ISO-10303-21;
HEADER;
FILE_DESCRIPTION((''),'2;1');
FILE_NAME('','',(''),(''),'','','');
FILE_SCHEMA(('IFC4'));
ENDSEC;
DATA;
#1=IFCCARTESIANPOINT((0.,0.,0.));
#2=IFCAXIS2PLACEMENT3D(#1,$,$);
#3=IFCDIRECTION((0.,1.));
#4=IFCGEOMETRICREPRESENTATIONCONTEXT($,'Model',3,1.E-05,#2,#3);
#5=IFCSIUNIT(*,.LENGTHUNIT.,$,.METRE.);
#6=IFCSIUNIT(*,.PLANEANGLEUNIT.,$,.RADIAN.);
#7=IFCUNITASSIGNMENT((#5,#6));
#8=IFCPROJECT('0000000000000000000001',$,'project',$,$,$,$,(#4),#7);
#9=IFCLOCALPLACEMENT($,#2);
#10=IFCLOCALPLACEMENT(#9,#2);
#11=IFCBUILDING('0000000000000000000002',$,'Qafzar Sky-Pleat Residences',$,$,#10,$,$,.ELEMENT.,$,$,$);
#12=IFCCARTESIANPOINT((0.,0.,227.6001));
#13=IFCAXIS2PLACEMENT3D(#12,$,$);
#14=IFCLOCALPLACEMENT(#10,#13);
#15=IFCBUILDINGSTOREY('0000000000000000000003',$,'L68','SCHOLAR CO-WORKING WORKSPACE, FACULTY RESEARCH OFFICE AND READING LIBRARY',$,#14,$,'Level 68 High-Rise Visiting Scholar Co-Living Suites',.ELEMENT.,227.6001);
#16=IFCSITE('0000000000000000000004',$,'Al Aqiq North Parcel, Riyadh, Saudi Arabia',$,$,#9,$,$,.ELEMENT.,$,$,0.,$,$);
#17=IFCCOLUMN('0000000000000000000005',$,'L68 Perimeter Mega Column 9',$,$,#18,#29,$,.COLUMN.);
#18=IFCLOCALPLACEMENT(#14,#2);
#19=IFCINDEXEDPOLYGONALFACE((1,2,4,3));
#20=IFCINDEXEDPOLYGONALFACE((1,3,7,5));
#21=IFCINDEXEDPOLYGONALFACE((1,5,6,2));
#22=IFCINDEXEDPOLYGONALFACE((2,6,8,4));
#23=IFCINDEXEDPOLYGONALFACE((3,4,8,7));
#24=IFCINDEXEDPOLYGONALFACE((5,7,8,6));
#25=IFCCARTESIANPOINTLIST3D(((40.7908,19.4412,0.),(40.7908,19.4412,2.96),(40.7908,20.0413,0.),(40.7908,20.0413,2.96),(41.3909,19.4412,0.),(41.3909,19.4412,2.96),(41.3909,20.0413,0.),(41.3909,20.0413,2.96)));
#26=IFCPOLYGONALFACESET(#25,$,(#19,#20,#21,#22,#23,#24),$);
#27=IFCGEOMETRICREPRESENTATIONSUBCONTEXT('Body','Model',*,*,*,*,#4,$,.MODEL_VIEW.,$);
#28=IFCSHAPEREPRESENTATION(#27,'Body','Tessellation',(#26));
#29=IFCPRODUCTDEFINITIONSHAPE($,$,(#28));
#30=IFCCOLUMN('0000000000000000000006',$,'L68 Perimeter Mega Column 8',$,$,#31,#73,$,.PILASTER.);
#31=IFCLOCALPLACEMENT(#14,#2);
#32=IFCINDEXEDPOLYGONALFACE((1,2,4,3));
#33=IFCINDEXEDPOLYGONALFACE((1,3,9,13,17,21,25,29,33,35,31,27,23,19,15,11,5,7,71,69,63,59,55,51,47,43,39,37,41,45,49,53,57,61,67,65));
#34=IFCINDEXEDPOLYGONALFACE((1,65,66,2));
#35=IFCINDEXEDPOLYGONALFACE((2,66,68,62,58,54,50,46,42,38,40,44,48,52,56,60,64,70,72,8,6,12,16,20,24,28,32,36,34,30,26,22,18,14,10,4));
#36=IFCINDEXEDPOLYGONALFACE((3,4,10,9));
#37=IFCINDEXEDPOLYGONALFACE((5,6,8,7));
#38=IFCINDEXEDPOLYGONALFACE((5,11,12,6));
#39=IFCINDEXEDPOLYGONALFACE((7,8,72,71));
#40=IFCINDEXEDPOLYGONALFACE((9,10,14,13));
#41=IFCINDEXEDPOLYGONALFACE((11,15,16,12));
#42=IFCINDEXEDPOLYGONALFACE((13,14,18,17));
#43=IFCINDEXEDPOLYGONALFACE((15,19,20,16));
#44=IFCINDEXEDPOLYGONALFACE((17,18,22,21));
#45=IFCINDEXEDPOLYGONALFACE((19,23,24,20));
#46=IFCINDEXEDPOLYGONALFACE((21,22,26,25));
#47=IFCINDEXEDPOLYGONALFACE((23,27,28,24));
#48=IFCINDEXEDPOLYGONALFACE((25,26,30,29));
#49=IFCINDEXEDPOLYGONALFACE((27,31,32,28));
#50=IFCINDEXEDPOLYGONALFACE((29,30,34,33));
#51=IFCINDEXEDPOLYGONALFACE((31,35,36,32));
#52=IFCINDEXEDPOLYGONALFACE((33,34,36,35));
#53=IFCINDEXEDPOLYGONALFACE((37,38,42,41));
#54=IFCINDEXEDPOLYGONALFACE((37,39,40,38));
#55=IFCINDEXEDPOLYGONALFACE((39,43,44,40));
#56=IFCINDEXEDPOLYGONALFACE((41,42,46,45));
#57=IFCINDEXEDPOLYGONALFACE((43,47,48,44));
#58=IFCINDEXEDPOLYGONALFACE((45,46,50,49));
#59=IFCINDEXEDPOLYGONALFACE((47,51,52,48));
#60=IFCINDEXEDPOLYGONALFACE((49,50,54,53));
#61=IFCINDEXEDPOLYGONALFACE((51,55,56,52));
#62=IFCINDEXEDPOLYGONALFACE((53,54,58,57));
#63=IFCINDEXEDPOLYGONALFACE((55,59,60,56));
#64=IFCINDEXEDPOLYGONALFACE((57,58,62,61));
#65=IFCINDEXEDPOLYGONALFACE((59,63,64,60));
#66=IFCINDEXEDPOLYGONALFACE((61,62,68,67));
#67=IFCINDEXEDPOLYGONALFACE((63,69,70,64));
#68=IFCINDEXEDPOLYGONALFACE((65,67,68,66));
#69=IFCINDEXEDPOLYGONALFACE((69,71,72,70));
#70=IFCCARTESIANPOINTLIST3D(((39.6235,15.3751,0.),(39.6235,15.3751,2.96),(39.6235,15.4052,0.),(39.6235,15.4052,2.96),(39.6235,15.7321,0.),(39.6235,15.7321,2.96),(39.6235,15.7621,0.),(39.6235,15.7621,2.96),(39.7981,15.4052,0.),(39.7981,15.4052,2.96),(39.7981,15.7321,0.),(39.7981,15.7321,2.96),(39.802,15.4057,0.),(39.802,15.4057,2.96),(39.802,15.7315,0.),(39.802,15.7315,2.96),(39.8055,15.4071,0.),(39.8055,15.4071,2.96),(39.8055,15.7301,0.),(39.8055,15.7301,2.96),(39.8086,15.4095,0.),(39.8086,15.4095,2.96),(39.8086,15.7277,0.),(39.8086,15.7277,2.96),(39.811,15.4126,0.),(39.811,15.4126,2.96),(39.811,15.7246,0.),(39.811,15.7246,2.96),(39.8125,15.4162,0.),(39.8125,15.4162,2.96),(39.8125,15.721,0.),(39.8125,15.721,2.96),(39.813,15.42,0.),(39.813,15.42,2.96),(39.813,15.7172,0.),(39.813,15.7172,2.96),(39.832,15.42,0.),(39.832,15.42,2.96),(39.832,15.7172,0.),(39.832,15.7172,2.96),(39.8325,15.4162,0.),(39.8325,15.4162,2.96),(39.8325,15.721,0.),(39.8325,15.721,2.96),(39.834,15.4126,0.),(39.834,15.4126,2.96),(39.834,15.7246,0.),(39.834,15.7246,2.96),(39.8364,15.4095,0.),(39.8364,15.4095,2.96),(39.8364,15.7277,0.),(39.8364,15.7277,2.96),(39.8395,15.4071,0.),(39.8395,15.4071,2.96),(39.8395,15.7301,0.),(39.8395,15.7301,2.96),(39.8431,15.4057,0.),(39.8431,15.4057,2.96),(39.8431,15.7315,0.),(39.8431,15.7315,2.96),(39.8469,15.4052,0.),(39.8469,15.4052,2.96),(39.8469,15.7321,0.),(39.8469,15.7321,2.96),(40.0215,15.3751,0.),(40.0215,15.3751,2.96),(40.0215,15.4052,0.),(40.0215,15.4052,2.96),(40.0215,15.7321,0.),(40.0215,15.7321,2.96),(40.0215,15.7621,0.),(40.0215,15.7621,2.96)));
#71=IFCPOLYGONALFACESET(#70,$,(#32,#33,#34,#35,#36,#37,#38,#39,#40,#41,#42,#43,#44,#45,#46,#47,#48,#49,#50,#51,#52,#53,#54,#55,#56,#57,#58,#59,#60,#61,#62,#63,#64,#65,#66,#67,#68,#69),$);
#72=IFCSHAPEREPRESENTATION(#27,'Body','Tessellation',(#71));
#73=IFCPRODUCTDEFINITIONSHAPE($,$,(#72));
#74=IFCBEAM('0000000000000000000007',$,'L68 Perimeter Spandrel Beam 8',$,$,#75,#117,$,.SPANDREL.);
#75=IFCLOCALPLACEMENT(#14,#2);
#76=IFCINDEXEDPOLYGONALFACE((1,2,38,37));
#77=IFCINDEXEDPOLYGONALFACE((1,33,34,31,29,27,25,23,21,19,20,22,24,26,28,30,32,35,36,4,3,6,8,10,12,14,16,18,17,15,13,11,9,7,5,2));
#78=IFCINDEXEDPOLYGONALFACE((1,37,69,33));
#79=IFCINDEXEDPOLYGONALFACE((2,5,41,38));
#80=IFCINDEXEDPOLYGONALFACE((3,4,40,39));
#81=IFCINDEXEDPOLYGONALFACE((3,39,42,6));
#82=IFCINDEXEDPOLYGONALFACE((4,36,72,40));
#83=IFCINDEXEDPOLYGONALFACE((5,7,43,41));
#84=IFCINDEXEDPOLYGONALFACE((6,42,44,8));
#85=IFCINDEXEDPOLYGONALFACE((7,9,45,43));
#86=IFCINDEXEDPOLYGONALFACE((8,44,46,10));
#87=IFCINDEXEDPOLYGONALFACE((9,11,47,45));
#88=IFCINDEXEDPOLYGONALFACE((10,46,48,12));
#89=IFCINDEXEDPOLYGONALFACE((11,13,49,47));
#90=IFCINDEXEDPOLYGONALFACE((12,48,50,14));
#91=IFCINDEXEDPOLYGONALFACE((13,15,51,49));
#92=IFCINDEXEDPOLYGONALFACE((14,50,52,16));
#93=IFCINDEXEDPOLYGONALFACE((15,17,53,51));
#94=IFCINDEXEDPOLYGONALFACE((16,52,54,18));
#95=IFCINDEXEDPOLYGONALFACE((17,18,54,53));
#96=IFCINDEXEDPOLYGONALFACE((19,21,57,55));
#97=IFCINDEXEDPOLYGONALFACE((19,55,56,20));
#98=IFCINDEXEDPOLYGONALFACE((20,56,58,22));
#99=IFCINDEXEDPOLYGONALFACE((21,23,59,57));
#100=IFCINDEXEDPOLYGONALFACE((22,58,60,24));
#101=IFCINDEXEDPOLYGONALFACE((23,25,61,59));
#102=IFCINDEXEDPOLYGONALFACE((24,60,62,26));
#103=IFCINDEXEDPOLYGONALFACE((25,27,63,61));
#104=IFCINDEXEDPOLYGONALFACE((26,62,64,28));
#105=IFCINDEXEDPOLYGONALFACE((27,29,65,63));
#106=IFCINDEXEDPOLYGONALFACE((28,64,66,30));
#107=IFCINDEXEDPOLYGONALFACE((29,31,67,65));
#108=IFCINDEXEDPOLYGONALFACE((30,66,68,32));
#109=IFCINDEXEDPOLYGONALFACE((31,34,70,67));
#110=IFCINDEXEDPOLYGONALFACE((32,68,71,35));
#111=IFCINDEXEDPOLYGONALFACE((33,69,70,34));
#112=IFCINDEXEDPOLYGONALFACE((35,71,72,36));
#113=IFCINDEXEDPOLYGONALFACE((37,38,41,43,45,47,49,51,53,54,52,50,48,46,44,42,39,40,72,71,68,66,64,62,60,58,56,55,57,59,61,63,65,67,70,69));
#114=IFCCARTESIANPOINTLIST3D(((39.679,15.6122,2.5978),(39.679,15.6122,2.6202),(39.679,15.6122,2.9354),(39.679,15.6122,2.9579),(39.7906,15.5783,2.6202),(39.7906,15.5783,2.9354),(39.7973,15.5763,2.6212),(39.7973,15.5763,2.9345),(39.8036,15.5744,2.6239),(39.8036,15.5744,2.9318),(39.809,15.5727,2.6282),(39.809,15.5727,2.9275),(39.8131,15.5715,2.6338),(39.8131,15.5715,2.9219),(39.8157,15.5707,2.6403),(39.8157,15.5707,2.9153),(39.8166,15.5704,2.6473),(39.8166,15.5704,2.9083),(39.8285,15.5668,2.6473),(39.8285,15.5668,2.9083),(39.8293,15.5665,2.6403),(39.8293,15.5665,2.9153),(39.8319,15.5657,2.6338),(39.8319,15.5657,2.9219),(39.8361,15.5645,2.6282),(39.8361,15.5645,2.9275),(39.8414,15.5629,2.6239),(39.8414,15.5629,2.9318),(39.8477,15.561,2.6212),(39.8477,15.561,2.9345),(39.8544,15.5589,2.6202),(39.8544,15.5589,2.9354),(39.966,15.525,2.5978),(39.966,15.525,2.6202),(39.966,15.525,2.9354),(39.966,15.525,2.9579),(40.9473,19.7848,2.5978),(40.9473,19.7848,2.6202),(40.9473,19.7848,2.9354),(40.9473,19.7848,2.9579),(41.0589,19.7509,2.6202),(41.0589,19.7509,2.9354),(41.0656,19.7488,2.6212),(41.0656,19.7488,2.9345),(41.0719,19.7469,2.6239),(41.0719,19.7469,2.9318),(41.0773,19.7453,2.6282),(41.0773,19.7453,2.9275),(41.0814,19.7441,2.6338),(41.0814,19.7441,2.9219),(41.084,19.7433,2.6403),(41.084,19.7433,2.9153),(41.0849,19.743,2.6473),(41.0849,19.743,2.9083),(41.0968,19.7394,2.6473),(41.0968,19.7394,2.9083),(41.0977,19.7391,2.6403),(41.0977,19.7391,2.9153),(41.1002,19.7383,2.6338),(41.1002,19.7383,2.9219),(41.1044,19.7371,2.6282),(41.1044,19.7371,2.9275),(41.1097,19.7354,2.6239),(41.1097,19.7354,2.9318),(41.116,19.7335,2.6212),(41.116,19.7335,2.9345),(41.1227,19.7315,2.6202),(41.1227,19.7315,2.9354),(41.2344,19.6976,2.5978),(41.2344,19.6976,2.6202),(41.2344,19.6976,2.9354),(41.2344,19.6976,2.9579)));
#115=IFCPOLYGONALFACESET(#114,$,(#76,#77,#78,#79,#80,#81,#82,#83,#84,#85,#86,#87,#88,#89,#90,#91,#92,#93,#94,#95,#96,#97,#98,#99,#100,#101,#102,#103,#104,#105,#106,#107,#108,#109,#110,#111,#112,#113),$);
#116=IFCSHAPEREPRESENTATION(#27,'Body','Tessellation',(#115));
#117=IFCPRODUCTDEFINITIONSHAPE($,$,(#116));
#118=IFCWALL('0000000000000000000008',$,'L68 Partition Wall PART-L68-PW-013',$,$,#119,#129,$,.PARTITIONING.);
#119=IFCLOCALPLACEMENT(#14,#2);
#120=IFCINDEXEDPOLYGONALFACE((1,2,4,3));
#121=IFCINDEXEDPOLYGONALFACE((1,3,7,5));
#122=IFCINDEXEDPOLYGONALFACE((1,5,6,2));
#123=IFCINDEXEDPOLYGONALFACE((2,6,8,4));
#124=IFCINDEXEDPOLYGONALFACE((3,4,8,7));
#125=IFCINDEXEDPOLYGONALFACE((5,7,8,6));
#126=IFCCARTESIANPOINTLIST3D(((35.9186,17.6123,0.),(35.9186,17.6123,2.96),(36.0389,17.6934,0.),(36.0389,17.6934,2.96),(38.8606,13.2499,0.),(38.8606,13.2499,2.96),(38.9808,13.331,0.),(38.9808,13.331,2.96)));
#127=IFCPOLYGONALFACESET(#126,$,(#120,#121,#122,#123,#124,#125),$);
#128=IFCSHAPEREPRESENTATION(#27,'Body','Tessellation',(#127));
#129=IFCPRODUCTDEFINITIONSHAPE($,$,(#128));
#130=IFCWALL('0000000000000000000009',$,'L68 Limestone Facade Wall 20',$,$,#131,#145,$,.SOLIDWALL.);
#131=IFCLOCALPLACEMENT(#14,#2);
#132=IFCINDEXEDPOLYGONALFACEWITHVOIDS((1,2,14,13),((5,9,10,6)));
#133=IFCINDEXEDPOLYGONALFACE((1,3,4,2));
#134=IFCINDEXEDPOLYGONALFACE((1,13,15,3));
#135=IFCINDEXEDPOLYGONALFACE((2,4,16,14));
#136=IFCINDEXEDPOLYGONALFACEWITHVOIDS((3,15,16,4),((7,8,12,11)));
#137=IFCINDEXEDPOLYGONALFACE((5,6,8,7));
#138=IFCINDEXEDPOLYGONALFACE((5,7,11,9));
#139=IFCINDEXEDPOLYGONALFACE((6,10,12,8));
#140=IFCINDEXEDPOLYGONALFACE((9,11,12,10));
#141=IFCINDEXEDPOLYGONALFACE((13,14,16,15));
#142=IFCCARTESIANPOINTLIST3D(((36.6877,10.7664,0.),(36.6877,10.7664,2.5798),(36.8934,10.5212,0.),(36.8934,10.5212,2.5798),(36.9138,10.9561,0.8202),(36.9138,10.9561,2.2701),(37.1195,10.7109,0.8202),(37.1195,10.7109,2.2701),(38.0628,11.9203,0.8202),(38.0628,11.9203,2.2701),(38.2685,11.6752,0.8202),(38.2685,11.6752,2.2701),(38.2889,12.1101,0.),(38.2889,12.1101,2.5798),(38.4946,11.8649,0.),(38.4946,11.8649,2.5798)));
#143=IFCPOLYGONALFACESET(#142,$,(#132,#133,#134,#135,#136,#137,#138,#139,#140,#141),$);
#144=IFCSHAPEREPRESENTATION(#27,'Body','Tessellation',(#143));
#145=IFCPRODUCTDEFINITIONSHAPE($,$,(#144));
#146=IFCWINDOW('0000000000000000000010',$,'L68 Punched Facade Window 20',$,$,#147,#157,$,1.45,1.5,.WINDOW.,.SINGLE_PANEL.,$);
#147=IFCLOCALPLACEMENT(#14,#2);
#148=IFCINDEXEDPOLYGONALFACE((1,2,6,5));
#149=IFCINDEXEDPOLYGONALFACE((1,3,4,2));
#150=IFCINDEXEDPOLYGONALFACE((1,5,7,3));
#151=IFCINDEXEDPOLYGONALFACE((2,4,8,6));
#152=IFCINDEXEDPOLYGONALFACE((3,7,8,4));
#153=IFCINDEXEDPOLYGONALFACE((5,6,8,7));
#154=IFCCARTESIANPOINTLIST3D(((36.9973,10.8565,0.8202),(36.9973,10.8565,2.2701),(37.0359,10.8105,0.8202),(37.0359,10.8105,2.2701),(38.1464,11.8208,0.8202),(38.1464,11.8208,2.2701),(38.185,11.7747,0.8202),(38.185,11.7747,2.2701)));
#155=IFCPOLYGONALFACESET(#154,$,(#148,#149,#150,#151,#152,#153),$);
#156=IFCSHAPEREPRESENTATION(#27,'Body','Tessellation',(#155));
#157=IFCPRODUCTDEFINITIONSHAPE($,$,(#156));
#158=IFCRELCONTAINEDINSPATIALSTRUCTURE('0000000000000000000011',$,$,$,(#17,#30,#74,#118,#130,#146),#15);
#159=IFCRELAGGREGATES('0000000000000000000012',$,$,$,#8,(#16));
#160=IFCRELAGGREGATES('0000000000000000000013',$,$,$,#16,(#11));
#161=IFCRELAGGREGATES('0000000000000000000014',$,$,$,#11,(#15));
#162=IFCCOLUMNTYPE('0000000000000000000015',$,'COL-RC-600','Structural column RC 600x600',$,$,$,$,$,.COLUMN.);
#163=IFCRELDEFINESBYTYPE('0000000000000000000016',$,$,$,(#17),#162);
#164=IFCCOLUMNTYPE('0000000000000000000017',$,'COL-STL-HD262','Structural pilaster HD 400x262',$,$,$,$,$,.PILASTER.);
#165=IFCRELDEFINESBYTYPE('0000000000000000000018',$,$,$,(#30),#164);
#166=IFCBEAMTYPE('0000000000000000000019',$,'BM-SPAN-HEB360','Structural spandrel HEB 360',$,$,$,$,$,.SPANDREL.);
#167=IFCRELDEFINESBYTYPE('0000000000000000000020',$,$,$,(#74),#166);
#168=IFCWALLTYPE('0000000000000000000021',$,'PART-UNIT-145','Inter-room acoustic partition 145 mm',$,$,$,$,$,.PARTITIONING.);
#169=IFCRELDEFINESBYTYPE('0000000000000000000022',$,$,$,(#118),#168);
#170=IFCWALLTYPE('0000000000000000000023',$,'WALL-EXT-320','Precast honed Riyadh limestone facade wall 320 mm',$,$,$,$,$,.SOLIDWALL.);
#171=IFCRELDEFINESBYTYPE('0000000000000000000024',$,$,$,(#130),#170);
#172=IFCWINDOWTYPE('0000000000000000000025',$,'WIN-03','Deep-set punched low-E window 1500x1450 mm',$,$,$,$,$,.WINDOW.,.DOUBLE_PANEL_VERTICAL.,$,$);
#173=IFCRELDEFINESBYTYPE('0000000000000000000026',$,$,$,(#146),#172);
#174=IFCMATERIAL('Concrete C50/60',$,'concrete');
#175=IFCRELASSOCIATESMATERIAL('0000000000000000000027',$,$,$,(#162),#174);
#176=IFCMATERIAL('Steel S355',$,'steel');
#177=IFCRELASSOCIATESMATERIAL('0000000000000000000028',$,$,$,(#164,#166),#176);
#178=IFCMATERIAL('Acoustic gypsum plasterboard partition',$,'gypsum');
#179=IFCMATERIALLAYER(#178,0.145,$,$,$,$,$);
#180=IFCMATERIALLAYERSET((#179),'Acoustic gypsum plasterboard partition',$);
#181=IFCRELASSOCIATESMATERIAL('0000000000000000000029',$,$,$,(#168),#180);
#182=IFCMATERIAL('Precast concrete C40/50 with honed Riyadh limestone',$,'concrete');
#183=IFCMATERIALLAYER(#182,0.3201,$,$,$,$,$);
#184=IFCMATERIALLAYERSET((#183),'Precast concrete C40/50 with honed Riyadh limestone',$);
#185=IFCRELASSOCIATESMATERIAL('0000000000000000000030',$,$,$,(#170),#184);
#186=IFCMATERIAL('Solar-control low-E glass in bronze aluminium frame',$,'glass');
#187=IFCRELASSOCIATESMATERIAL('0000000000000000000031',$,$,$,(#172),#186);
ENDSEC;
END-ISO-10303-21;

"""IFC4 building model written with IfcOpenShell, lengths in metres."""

from ifc_helpers import new_model, si_unit, direction, frame, frame_2d, origin, origin_2d, place, context, subcontext, project, spatial, rectangle, i_section, extrude, source, transform, mapped, material, layer, layer_set, material_profile, profile_set, type_object, element, fill, save


model = new_model("IFC4")

# Units and contexts
model_context = context("Model", 3, precision=1e-05, world=origin(), true_north=direction((0.0, 1.0)))
body_context = subcontext(model_context, "Body", "Model", "MODEL_VIEW")
ifc_project = project(units=[si_unit("LENGTHUNIT", "METRE"), si_unit("PLANEANGLEUNIT", "RADIAN")], contexts=[model_context])

# Site, building, storey
site_placement = place(None, origin())
site = spatial("IfcSite", under=ifc_project, at=site_placement, Name="Al Aqiq North Parcel, Riyadh, Saudi Arabia", CompositionType="ELEMENT", RefElevation=0.0)
building_placement = place(site_placement, origin())
building = spatial("IfcBuilding", under=site, at=building_placement, Name="Qafzar Sky-Pleat Residences", CompositionType="ELEMENT")
storey_placement = place(building_placement, frame((0.0, 0.0, 227.6001)))
storey = spatial("IfcBuildingStorey", under=building, at=storey_placement, Name="L68", Description="SCHOLAR CO-WORKING WORKSPACE, FACULTY RESEARCH OFFICE AND READING LIBRARY", LongName="Level 68 High-Rise Visiting Scholar Co-Living Suites", CompositionType="ELEMENT", Elevation=227.6001)

# Columns
ifc_material_1 = material(Name="Concrete C50/60", Category="concrete")
ifc_material_profile_1 = material_profile(ifc_material_1, rectangle(XDim=0.6001, YDim=0.6001, at=origin_2d()), Name="RC 600x600")
ifc_profile_set_1 = profile_set([ifc_material_profile_1], Name="Concrete C50/60")
column_type_1 = type_object("IfcColumnType", Name="COL-RC-600", Description="Structural column RC 600x600", PredefinedType="COLUMN", material=ifc_profile_set_1)
shared_shape_1 = source(origin(), body_context, "Body", "SweptSolid", [
    extrude(rectangle(XDim=0.6001, YDim=0.6001, at=origin_2d()), origin(), (0.0, 0.0, 1.0), 2.96),
])
column_1_placement = place(storey_placement, frame((41.0908, 19.7412, 0.0), z_axis=(0.0, 0.0, 1.0), x_axis=(1.0, 0.0, 0.0)))
element("IfcColumn", 1, at=column_1_placement, inside=storey, type_object=column_type_1, Name="L68 Perimeter Mega Column 9", PredefinedType="COLUMN", context=body_context, shape_type="MappedRepresentation", body=[
    mapped(shared_shape_1, transform((0.0, 0.0, 0.0), x_axis=(1.0, 0.0, 0.0), y_axis=(0.0, 1.0, 0.0), z_axis=(0.0, 0.0, 1.0), scale=1.0)),
])
ifc_material_2 = material(Name="Steel S355", Category="steel")
ifc_material_profile_2 = material_profile(ifc_material_2, i_section(OverallWidth=0.3979, OverallDepth=0.387, WebThickness=0.019, FlangeThickness=0.03, FilletRadius=0.0149, at=origin_2d()), Name="HD 400x262")
ifc_profile_set_2 = profile_set([ifc_material_profile_2], Name="Steel S355")
column_type_2 = type_object("IfcColumnType", Name="COL-STL-HD262", Description="Structural pilaster HD 400x262", PredefinedType="PILASTER", material=ifc_profile_set_2)
shared_shape_2 = source(origin(), body_context, "Body", "SweptSolid", [
    extrude(i_section(OverallWidth=0.3979, OverallDepth=0.387, WebThickness=0.019, FlangeThickness=0.03, FilletRadius=0.0149, at=origin_2d()), origin(), (0.0, 0.0, 1.0), 2.96),
])
column_2_placement = place(storey_placement, frame((39.8225, 15.5686, 0.0), z_axis=(0.0, 0.0, 1.0), x_axis=(1.0, 0.0, 0.0)))
element("IfcColumn", 2, at=column_2_placement, inside=storey, type_object=column_type_2, Name="L68 Perimeter Mega Column 8", PredefinedType="PILASTER", context=body_context, shape_type="MappedRepresentation", body=[
    mapped(shared_shape_2, transform((0.0, 0.0, 0.0), x_axis=(1.0, 0.0, 0.0), y_axis=(0.0, 1.0, 0.0), z_axis=(0.0, 0.0, 1.0), scale=1.0)),
])

# Beam
ifc_material_profile_3 = material_profile(ifc_material_2, i_section(OverallWidth=0.3, OverallDepth=0.3601, WebThickness=0.0125, FlangeThickness=0.0225, FilletRadius=0.0271, at=origin_2d()), Name="HEB 360")
ifc_profile_set_3 = profile_set([ifc_material_profile_3], Name="Steel S355")
beam_type = type_object("IfcBeamType", Name="BM-SPAN-HEB360", Description="Structural spandrel HEB 360", PredefinedType="SPANDREL", material=ifc_profile_set_3)
shared_shape_3 = source(origin(), body_context, "Body", "SweptSolid", [
    extrude(i_section(OverallWidth=0.3, OverallDepth=0.3601, WebThickness=0.0125, FlangeThickness=0.0225, FilletRadius=0.0271, at=origin_2d()), origin(), (0.0, 0.0, 1.0), 4.3611),
])
beam_placement = place(storey_placement, frame((39.8225, 15.5686, 2.7778), z_axis=(0.290823, 0.956777, 0.0), x_axis=(-0.956777, 0.290823, 0.0)))
element("IfcBeam", 3, at=beam_placement, inside=storey, type_object=beam_type, Name="L68 Perimeter Spandrel Beam 8", PredefinedType="SPANDREL", context=body_context, shape_type="MappedRepresentation", body=[
    mapped(shared_shape_3, transform((0.0, 0.0, 0.0), x_axis=(1.0, 0.0, 0.0), y_axis=(0.0, 1.0, 0.0), z_axis=(0.0, 0.0, 1.0), scale=1.0)),
])

# Wall
ifc_material_3 = material(Name="Acoustic gypsum plasterboard partition", Category="gypsum")
ifc_layer_1 = layer(ifc_material_3, 0.145)
ifc_layer_set_1 = layer_set([ifc_layer_1], Name="Acoustic gypsum plasterboard partition")
wall_type_1 = type_object("IfcWallType", Name="PART-UNIT-145", Description="Inter-room acoustic partition 145 mm", PredefinedType="PARTITIONING", material=ifc_layer_set_1)
wall_1_placement = place(storey_placement, frame((35.9788, 17.6528, 0.0), z_axis=(0.0, 0.0, 1.0), x_axis=(0.559125, -0.829083, 0.0)))
element("IfcWall", 4, at=wall_1_placement, inside=storey, type_object=wall_type_1, Name="L68 Partition Wall PART-L68-PW-013", PredefinedType="PARTITIONING", context=body_context, shape_type="SweptSolid", body=[
    extrude(rectangle(XDim=5.2617, YDim=0.145, at=frame_2d((2.6309, 0.0))), origin(), (0.0, 0.0, 1.0), 2.96),
])

# Wall, opening, window
ifc_material_4 = material(Name="Precast concrete C40/50 with honed Riyadh limestone", Category="concrete")
ifc_layer_2 = layer(ifc_material_4, 0.3201)
ifc_layer_set_2 = layer_set([ifc_layer_2], Name="Precast concrete C40/50 with honed Riyadh limestone")
wall_type_2 = type_object("IfcWallType", Name="WALL-EXT-320", Description="Precast honed Riyadh limestone facade wall 320 mm", PredefinedType="SOLIDWALL", material=ifc_layer_set_2)
wall_2_placement = place(storey_placement, frame((36.7905, 10.6438, 0.0), z_axis=(0.0, 0.0, 1.0), x_axis=(0.766025, 0.642811, 0.0)))
wall_2 = element("IfcWall", 5, at=wall_2_placement, inside=storey, type_object=wall_type_2, Name="L68 Limestone Facade Wall 20", PredefinedType="SOLIDWALL", context=body_context, shape_type="SweptSolid", body=[
    extrude(rectangle(XDim=2.0903, YDim=0.3201, at=frame_2d((1.0452, 0.0))), origin(), (0.0, 0.0, 1.0), 2.5798),
])
opening_1_placement = place(wall_2_placement, frame((0.2952, 0.0, 0.8201)))
opening_1 = element("IfcOpeningElement", 6, at=opening_1_placement, cuts=wall_2, PredefinedType="OPENING", context=body_context, shape_type="SweptSolid", body=[
    extrude(rectangle(XDim=1.5, YDim=1.45, at=frame_2d((0.75, 0.7251))), frame((0.0, 0.1699, 0.0), z_axis=(0.0, -1.0, 0.0), x_axis=(1.0, 0.0, 0.0)), (0.0, 0.0, 1.0), 0.3401),
])
ifc_material_5 = material(Name="Solar-control low-E glass in bronze aluminium frame", Category="glass")
window_type_1 = type_object("IfcWindowType", Name="WIN-03", Description="Deep-set punched low-E window 1500x1450 mm", PartitioningType="DOUBLE_PANEL_VERTICAL", PredefinedType="WINDOW", material=ifc_material_5)
shared_shape_4 = source(origin(), body_context, "Body", "SweptSolid", [
    extrude(rectangle(XDim=1.5, YDim=1.45, at=frame_2d((0.75, 0.7251))), frame((0.0, 0.03, 0.0), z_axis=(0.0, -1.0, 0.0), x_axis=(1.0, 0.0, 0.0)), (0.0, 0.0, 1.0), 0.0601),
])
window_1_placement = place(opening_1_placement, origin())
window_1 = element("IfcWindow", 7, at=window_1_placement, inside=storey, type_object=window_type_1, Name="L68 Punched Facade Window 20", OverallHeight=1.45, OverallWidth=1.5, PartitioningType="SINGLE_PANEL", PredefinedType="WINDOW", context=body_context, shape_type="MappedRepresentation", body=[
    mapped(shared_shape_4, transform((0.0, 0.0, 0.0), x_axis=(1.0, 0.0, 0.0), y_axis=(0.0, 1.0, 0.0), z_axis=(0.0, 0.0, 1.0), scale=1.0)),
])
fill(opening_1, window_1)

save(model, "model.ifc")
